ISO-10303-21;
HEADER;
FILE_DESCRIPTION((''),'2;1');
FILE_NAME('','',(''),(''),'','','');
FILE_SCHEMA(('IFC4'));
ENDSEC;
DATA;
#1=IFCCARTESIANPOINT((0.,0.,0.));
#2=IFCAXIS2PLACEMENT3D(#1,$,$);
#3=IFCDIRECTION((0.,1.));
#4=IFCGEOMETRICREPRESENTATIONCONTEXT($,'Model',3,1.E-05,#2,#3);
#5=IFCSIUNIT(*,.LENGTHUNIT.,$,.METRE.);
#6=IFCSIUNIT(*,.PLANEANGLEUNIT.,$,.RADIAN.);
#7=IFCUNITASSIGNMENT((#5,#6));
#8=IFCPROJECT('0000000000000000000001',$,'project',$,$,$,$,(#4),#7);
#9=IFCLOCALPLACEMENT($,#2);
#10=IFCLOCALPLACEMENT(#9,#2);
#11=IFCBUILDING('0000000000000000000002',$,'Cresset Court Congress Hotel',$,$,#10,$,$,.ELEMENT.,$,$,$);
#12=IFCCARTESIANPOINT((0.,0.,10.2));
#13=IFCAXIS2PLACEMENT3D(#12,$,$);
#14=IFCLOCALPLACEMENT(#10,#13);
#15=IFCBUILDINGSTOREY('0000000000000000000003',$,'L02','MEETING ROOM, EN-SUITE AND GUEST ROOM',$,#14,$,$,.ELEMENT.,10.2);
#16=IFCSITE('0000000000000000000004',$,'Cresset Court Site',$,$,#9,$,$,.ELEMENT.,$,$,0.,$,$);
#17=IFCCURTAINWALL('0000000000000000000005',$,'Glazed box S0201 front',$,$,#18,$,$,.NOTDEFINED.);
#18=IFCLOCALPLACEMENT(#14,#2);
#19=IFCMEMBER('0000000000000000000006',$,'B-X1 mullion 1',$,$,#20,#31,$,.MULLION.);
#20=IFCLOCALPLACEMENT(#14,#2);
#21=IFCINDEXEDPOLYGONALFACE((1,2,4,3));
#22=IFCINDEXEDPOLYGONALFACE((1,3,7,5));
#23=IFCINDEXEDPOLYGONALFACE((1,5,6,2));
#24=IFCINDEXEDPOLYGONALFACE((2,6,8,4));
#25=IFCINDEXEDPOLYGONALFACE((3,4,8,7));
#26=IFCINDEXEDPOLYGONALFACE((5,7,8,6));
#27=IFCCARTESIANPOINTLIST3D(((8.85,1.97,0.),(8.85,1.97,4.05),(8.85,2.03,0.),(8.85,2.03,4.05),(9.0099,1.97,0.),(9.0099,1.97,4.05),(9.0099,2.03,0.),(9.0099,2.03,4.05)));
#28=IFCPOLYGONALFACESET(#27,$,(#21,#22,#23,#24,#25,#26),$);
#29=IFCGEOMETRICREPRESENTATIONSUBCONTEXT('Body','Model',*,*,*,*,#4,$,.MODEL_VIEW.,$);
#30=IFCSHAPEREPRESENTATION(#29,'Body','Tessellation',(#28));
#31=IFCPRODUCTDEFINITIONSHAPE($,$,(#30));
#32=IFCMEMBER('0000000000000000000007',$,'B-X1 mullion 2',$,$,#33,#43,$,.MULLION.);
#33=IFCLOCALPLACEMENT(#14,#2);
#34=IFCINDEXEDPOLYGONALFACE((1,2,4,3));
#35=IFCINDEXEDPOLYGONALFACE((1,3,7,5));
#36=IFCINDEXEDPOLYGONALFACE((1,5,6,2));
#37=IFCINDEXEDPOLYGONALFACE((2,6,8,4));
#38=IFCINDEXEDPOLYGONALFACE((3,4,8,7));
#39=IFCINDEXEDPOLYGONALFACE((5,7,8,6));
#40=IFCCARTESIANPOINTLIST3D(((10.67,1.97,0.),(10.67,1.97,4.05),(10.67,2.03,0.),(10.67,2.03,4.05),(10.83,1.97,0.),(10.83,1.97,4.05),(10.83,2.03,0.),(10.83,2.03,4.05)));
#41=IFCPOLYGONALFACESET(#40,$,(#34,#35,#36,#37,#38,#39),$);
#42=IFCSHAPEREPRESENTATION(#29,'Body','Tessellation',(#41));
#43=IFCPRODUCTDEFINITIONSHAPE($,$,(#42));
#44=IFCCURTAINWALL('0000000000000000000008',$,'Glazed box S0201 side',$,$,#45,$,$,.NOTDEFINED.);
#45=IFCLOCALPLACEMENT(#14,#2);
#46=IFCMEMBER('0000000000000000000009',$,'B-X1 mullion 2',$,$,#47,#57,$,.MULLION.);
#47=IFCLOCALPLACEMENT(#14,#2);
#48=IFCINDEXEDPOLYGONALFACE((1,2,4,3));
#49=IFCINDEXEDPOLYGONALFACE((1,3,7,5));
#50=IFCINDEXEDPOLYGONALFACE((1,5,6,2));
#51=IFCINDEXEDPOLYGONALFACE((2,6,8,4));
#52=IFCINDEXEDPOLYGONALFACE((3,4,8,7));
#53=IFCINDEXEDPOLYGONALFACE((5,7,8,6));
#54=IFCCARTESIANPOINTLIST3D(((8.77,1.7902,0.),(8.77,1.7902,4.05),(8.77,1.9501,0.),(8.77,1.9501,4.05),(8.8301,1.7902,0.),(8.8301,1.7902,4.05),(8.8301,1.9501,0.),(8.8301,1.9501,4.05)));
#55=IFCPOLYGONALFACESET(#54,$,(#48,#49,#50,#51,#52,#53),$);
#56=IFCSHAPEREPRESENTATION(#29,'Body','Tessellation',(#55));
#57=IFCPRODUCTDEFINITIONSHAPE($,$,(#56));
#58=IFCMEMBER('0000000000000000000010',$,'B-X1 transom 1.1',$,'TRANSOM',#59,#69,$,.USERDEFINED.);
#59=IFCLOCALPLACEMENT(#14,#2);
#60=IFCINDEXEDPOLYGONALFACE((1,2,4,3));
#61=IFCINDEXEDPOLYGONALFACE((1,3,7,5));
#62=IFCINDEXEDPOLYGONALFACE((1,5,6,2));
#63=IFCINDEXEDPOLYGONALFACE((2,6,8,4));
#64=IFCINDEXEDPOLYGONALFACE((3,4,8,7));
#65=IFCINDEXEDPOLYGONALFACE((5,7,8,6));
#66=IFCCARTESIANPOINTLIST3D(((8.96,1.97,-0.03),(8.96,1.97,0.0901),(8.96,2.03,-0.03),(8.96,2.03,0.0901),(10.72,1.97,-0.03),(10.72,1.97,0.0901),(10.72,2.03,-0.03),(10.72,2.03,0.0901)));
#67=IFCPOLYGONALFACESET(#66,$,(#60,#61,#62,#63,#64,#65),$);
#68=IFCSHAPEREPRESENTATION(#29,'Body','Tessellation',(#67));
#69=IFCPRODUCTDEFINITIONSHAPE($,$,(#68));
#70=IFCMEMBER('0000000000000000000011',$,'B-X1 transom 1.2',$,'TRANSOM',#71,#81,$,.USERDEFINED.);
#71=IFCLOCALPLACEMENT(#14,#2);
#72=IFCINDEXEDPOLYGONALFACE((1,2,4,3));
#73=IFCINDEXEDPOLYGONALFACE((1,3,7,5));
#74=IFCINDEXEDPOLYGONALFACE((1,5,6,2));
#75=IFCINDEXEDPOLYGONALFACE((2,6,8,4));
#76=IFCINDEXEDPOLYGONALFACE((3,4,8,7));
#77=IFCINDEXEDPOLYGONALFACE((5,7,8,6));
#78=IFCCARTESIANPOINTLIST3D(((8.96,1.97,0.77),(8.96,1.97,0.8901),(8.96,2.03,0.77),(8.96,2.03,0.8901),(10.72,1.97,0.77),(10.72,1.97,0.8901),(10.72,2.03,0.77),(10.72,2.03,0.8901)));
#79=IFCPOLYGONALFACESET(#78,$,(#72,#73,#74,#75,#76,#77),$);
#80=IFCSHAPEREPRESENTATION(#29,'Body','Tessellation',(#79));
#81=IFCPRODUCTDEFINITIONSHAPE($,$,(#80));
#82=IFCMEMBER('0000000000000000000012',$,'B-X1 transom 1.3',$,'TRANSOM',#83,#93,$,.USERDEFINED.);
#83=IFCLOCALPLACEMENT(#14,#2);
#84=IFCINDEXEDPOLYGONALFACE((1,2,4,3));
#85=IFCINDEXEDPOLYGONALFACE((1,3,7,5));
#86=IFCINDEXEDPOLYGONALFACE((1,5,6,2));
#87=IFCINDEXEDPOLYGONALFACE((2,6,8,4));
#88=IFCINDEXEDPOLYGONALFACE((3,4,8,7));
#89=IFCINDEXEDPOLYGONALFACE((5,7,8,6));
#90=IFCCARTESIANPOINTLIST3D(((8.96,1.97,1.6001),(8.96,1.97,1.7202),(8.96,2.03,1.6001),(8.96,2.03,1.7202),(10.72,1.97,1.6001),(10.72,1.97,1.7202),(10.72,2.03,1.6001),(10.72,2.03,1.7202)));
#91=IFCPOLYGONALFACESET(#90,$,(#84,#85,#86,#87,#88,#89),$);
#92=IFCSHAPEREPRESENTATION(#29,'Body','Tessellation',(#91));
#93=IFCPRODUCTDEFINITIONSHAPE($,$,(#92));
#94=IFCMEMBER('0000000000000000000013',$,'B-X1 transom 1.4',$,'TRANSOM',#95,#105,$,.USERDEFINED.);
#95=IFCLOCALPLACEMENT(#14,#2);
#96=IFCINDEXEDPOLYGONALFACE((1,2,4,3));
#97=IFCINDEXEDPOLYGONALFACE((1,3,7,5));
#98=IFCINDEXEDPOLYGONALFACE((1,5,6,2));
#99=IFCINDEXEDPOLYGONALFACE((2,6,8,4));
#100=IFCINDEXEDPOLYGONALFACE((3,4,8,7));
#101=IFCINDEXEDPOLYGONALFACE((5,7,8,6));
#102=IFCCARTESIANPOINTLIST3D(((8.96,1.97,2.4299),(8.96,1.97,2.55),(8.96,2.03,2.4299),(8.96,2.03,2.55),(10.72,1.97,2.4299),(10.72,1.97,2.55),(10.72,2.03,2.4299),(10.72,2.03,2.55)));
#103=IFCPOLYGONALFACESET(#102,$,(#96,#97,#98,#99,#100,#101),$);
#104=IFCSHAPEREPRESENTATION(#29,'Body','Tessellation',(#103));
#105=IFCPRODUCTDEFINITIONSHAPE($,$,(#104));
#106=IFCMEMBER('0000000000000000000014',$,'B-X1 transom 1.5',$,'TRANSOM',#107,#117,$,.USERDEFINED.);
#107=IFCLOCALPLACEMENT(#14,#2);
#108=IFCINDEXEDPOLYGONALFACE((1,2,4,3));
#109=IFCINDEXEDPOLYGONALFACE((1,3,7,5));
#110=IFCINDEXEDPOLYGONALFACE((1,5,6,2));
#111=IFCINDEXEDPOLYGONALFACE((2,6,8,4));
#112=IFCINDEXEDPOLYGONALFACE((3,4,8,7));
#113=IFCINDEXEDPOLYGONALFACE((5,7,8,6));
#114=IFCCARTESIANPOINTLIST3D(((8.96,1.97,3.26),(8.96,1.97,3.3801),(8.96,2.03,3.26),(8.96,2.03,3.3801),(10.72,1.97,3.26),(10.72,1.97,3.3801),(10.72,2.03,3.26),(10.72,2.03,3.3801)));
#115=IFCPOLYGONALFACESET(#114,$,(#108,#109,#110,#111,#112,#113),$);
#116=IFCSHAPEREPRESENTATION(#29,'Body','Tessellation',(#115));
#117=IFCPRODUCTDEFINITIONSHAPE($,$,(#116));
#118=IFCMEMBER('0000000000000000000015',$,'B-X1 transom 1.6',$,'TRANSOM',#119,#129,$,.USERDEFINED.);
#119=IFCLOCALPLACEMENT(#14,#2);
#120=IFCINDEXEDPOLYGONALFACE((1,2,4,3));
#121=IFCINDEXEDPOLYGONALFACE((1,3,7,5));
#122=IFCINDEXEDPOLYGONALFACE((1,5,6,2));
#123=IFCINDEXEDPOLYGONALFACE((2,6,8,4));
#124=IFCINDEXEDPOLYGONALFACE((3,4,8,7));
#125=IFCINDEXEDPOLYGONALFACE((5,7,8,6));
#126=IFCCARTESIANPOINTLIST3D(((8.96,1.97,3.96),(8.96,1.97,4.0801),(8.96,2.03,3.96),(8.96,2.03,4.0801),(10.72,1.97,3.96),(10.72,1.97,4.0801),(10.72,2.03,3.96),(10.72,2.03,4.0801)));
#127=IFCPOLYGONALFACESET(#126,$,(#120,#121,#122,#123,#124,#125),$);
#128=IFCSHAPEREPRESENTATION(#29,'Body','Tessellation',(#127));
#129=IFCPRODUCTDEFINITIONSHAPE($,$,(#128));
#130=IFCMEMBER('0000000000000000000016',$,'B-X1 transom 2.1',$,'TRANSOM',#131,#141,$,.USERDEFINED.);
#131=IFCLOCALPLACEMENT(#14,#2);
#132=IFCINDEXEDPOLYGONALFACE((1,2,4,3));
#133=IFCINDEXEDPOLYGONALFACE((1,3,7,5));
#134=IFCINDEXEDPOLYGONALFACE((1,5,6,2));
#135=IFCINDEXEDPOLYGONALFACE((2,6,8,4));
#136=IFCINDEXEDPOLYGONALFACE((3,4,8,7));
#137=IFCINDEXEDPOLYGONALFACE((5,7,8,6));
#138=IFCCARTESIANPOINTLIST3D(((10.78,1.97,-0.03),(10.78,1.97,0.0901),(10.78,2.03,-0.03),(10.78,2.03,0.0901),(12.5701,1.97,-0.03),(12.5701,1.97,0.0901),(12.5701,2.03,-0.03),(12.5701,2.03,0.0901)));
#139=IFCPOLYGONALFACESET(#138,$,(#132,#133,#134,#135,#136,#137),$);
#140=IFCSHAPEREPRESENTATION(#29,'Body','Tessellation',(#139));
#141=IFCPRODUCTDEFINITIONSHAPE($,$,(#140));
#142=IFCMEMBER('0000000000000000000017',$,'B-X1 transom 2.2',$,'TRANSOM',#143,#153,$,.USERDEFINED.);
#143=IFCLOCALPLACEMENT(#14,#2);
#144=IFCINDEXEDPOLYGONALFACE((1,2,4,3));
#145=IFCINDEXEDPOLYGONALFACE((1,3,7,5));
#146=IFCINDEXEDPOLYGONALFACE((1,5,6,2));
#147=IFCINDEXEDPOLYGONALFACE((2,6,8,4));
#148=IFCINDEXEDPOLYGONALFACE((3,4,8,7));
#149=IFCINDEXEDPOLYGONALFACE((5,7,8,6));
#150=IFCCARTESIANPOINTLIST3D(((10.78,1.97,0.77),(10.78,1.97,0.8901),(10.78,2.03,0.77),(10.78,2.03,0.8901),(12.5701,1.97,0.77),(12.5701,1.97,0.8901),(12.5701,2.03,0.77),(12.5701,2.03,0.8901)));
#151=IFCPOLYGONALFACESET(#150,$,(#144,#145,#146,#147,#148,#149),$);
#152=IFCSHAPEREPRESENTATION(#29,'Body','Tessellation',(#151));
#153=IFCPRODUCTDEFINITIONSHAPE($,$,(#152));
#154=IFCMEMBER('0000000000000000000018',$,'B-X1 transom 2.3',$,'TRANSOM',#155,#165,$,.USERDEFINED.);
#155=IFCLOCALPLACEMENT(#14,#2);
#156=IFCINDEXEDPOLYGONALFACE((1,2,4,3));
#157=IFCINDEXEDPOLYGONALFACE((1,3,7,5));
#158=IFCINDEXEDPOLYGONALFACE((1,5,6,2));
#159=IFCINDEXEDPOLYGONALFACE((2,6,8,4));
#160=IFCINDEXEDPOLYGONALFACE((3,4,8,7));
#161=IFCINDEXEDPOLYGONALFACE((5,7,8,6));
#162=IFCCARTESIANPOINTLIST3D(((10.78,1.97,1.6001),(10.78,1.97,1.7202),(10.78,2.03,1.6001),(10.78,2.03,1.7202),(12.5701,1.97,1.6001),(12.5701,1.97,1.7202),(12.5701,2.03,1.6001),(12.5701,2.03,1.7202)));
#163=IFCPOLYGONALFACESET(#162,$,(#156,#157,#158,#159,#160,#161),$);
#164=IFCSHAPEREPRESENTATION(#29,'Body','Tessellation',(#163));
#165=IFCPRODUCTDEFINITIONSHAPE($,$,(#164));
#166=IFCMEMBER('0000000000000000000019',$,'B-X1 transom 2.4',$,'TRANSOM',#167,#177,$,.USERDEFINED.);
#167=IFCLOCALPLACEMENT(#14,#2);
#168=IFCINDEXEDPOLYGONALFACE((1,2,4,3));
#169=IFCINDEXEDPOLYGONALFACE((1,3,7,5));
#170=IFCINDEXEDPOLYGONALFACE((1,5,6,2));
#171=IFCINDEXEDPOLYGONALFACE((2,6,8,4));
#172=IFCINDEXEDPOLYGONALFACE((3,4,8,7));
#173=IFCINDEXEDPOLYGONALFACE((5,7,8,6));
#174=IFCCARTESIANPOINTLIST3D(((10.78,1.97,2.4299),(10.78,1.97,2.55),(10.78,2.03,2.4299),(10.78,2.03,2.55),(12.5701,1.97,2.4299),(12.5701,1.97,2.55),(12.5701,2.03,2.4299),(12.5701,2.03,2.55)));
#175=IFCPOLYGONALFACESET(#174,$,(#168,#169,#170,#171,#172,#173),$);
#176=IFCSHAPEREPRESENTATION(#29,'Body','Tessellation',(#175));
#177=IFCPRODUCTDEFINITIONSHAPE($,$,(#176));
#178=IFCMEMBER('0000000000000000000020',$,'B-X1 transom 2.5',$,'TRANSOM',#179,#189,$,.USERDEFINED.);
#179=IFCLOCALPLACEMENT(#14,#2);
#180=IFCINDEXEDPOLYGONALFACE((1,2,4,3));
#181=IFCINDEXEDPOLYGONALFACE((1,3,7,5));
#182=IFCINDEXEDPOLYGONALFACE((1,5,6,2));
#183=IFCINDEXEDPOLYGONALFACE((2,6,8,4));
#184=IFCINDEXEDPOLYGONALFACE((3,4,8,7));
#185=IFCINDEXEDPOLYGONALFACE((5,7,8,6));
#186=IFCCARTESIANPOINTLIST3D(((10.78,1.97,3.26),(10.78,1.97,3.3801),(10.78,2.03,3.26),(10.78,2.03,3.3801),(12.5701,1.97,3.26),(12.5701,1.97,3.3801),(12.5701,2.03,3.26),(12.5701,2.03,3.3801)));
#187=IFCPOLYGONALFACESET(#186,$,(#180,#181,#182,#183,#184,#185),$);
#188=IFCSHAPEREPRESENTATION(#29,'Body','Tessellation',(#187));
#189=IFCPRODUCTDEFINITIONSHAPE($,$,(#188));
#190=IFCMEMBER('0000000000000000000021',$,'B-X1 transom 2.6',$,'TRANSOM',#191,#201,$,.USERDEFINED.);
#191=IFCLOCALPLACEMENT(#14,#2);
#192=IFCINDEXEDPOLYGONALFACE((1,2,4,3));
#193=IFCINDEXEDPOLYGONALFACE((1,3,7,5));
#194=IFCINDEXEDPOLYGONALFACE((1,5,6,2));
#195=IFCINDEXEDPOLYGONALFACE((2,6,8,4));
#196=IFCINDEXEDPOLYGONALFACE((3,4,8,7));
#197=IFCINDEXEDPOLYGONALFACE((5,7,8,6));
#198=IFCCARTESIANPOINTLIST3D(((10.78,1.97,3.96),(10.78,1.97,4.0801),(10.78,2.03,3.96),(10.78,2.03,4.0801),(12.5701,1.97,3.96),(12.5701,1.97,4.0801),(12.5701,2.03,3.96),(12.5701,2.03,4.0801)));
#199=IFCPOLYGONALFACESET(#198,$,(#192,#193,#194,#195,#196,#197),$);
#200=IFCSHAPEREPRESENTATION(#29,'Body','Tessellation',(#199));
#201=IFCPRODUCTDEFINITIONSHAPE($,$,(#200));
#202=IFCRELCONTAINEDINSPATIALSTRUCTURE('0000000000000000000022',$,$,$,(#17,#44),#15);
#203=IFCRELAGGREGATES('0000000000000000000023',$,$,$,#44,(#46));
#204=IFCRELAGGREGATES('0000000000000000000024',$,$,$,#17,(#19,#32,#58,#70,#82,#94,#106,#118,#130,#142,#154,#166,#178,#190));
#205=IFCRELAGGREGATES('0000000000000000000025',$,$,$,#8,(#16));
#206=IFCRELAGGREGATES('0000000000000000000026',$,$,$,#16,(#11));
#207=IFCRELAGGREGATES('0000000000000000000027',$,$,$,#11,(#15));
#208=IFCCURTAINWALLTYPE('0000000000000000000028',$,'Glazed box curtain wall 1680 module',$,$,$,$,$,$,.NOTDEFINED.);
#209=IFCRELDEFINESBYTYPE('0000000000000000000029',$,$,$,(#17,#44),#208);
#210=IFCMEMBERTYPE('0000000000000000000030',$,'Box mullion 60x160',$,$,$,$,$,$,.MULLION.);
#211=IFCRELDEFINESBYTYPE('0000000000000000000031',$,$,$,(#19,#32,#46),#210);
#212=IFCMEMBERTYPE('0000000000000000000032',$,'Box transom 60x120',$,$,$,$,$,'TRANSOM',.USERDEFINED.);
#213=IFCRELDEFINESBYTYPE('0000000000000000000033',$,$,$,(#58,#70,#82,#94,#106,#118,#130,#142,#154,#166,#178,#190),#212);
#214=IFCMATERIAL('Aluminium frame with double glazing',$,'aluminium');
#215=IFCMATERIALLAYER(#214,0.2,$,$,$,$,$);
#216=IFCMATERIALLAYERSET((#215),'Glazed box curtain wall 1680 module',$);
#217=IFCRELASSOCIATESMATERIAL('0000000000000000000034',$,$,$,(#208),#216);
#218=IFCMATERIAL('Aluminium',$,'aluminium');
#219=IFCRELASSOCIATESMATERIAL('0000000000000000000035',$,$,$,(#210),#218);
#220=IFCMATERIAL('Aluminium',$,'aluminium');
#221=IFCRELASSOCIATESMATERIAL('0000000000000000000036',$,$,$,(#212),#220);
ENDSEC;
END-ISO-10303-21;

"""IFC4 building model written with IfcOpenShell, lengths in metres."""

from ifc_helpers import new_model, si_unit, direction, frame, origin, origin_2d, place, context, subcontext, project, spatial, rectangle, extrude, material, layer, layer_set, material_profile, profile_set, type_object, element, aggregate, save


model = new_model("IFC4")

# Units and contexts
model_context = context("Model", 3, precision=1e-05, world=origin(), true_north=direction((0.0, 1.0)))
body_context = subcontext(model_context, "Body", "Model", "MODEL_VIEW")
ifc_project = project(units=[si_unit("LENGTHUNIT", "METRE"), si_unit("PLANEANGLEUNIT", "RADIAN")], contexts=[model_context])

# Site, building, storey
site_placement = place(None, origin())
site = spatial("IfcSite", under=ifc_project, at=site_placement, Name="Cresset Court Site", CompositionType="ELEMENT", RefElevation=0.0)
building_placement = place(site_placement, origin())
building = spatial("IfcBuilding", under=site, at=building_placement, Name="Cresset Court Congress Hotel", CompositionType="ELEMENT")
storey_placement = place(building_placement, frame((0.0, 0.0, 10.2)))
storey = spatial("IfcBuildingStorey", under=building, at=storey_placement, Name="L02", Description="MEETING ROOM, EN-SUITE AND GUEST ROOM", CompositionType="ELEMENT", Elevation=10.2)

# Curtain wall, members
ifc_material_1 = material(Name="Aluminium frame with double glazing", Category="aluminium")
ifc_layer_1 = layer(ifc_material_1, 0.2)
ifc_layer_set_1 = layer_set([ifc_layer_1], Name="Glazed box curtain wall 1680 module")
curtain_wall_type = type_object("IfcCurtainWallType", Name="Glazed box curtain wall 1680 module", PredefinedType="NOTDEFINED", material=ifc_layer_set_1)
curtain_wall_1_placement = place(storey_placement, origin())
curtain_wall_1 = element("IfcCurtainWall", 1, at=curtain_wall_1_placement, inside=storey, type_object=curtain_wall_type, Name="Glazed box S0201 front", PredefinedType="NOTDEFINED")
ifc_material_2 = material(Name="Aluminium", Category="aluminium")
ifc_material_profile_1 = material_profile(ifc_material_2, rectangle(XDim=0.0601, YDim=0.1599, at=origin_2d()), Name="Box mullion 60x160")
ifc_profile_set_1 = profile_set([ifc_material_profile_1], Name="Aluminium")
member_type_1 = type_object("IfcMemberType", Name="Box mullion 60x160", PredefinedType="MULLION", material=ifc_profile_set_1)
member_1_placement = place(storey_placement, frame((8.9299, 2.0, 0.0), z_axis=(0.0, 0.0, 1.0), x_axis=(0.0, 1.0, 0.0)))
member_1 = element("IfcMember", 2, at=member_1_placement, type_object=member_type_1, Name="B-X1 mullion 1", PredefinedType="MULLION", context=body_context, shape_type="SweptSolid", body=[
    extrude(rectangle(XDim=0.0601, YDim=0.1599, at=origin_2d()), origin(), (0.0, 0.0, 1.0), 4.05),
])
member_2_placement = place(storey_placement, frame((10.75, 2.0, 0.0), z_axis=(0.0, 0.0, 1.0), x_axis=(0.0, 1.0, 0.0)))
member_2 = element("IfcMember", 3, at=member_2_placement, type_object=member_type_1, Name="B-X1 mullion 2", PredefinedType="MULLION", context=body_context, shape_type="SweptSolid", body=[
    extrude(rectangle(XDim=0.0601, YDim=0.1599, at=origin_2d()), origin(), (0.0, 0.0, 1.0), 4.05),
])

# Curtain wall, member
curtain_wall_2_placement = place(storey_placement, origin())
curtain_wall_2 = element("IfcCurtainWall", 4, at=curtain_wall_2_placement, inside=storey, type_object=curtain_wall_type, Name="Glazed box S0201 side", PredefinedType="NOTDEFINED")
member_3_placement = place(storey_placement, frame((8.8, 1.8701, 0.0), z_axis=(0.0, 0.0, 1.0), x_axis=(-1.0, 0.0, 0.0)))
member_3 = element("IfcMember", 5, at=member_3_placement, type_object=member_type_1, Name="B-X1 mullion 2", PredefinedType="MULLION", context=body_context, shape_type="SweptSolid", body=[
    extrude(rectangle(XDim=0.0601, YDim=0.1599, at=origin_2d()), origin(), (0.0, 0.0, 1.0), 4.05),
])
aggregate(curtain_wall_2, [member_3])

# Members
ifc_material_3 = material(Name="Aluminium", Category="aluminium")
ifc_material_profile_2 = material_profile(ifc_material_3, rectangle(XDim=0.0601, YDim=0.1201, at=origin_2d()), Name="Box transom 60x120")
ifc_profile_set_2 = profile_set([ifc_material_profile_2], Name="Aluminium")
member_type_2 = type_object("IfcMemberType", Name="Box transom 60x120", ElementType="TRANSOM", PredefinedType="USERDEFINED", material=ifc_profile_set_2)
member_4_placement = place(storey_placement, frame((8.96, 2.0, 0.03), z_axis=(1.0, 0.0, 0.0), x_axis=(0.0, 1.0, 0.0)))
member_4 = element("IfcMember", 6, at=member_4_placement, type_object=member_type_2, Name="B-X1 transom 1.1", ObjectType="TRANSOM", PredefinedType="USERDEFINED", context=body_context, shape_type="SweptSolid", body=[
    extrude(rectangle(XDim=0.0601, YDim=0.1201, at=origin_2d()), origin(), (0.0, 0.0, 1.0), 1.76),
])
member_5_placement = place(storey_placement, frame((8.96, 2.0, 0.8301), z_axis=(1.0, 0.0, 0.0), x_axis=(0.0, 1.0, 0.0)))
member_5 = element("IfcMember", 7, at=member_5_placement, type_object=member_type_2, Name="B-X1 transom 1.2", ObjectType="TRANSOM", PredefinedType="USERDEFINED", context=body_context, shape_type="SweptSolid", body=[
    extrude(rectangle(XDim=0.0601, YDim=0.1201, at=origin_2d()), origin(), (0.0, 0.0, 1.0), 1.76),
])
member_6_placement = place(storey_placement, frame((8.96, 2.0, 1.6602), z_axis=(1.0, 0.0, 0.0), x_axis=(0.0, 1.0, 0.0)))
member_6 = element("IfcMember", 8, at=member_6_placement, type_object=member_type_2, Name="B-X1 transom 1.3", ObjectType="TRANSOM", PredefinedType="USERDEFINED", context=body_context, shape_type="SweptSolid", body=[
    extrude(rectangle(XDim=0.0601, YDim=0.1201, at=origin_2d()), origin(), (0.0, 0.0, 1.0), 1.76),
])
member_7_placement = place(storey_placement, frame((8.96, 2.0, 2.49), z_axis=(1.0, 0.0, 0.0), x_axis=(0.0, 1.0, 0.0)))
member_7 = element("IfcMember", 9, at=member_7_placement, type_object=member_type_2, Name="B-X1 transom 1.4", ObjectType="TRANSOM", PredefinedType="USERDEFINED", context=body_context, shape_type="SweptSolid", body=[
    extrude(rectangle(XDim=0.0601, YDim=0.1201, at=origin_2d()), origin(), (0.0, 0.0, 1.0), 1.76),
])
member_8_placement = place(storey_placement, frame((8.96, 2.0, 3.3201), z_axis=(1.0, 0.0, 0.0), x_axis=(0.0, 1.0, 0.0)))
member_8 = element("IfcMember", 10, at=member_8_placement, type_object=member_type_2, Name="B-X1 transom 1.5", ObjectType="TRANSOM", PredefinedType="USERDEFINED", context=body_context, shape_type="SweptSolid", body=[
    extrude(rectangle(XDim=0.0601, YDim=0.1201, at=origin_2d()), origin(), (0.0, 0.0, 1.0), 1.76),
])
member_9_placement = place(storey_placement, frame((8.96, 2.0, 4.02), z_axis=(1.0, 0.0, 0.0), x_axis=(0.0, 1.0, 0.0)))
member_9 = element("IfcMember", 11, at=member_9_placement, type_object=member_type_2, Name="B-X1 transom 1.6", ObjectType="TRANSOM", PredefinedType="USERDEFINED", context=body_context, shape_type="SweptSolid", body=[
    extrude(rectangle(XDim=0.0601, YDim=0.1201, at=origin_2d()), origin(), (0.0, 0.0, 1.0), 1.76),
])
member_10_placement = place(storey_placement, frame((10.78, 2.0, 0.03), z_axis=(1.0, 0.0, 0.0), x_axis=(0.0, 1.0, 0.0)))
member_10 = element("IfcMember", 12, at=member_10_placement, type_object=member_type_2, Name="B-X1 transom 2.1", ObjectType="TRANSOM", PredefinedType="USERDEFINED", context=body_context, shape_type="SweptSolid", body=[
    extrude(rectangle(XDim=0.0601, YDim=0.1201, at=origin_2d()), origin(), (0.0, 0.0, 1.0), 1.79),
])
member_11_placement = place(storey_placement, frame((10.78, 2.0, 0.8301), z_axis=(1.0, 0.0, 0.0), x_axis=(0.0, 1.0, 0.0)))
member_11 = element("IfcMember", 13, at=member_11_placement, type_object=member_type_2, Name="B-X1 transom 2.2", ObjectType="TRANSOM", PredefinedType="USERDEFINED", context=body_context, shape_type="SweptSolid", body=[
    extrude(rectangle(XDim=0.0601, YDim=0.1201, at=origin_2d()), origin(), (0.0, 0.0, 1.0), 1.79),
])
member_12_placement = place(storey_placement, frame((10.78, 2.0, 1.6602), z_axis=(1.0, 0.0, 0.0), x_axis=(0.0, 1.0, 0.0)))
member_12 = element("IfcMember", 14, at=member_12_placement, type_object=member_type_2, Name="B-X1 transom 2.3", ObjectType="TRANSOM", PredefinedType="USERDEFINED", context=body_context, shape_type="SweptSolid", body=[
    extrude(rectangle(XDim=0.0601, YDim=0.1201, at=origin_2d()), origin(), (0.0, 0.0, 1.0), 1.79),
])
member_13_placement = place(storey_placement, frame((10.78, 2.0, 2.49), z_axis=(1.0, 0.0, 0.0), x_axis=(0.0, 1.0, 0.0)))
member_13 = element("IfcMember", 15, at=member_13_placement, type_object=member_type_2, Name="B-X1 transom 2.4", ObjectType="TRANSOM", PredefinedType="USERDEFINED", context=body_context, shape_type="SweptSolid", body=[
    extrude(rectangle(XDim=0.0601, YDim=0.1201, at=origin_2d()), origin(), (0.0, 0.0, 1.0), 1.79),
])
member_14_placement = place(storey_placement, frame((10.78, 2.0, 3.3201), z_axis=(1.0, 0.0, 0.0), x_axis=(0.0, 1.0, 0.0)))
member_14 = element("IfcMember", 16, at=member_14_placement, type_object=member_type_2, Name="B-X1 transom 2.5", ObjectType="TRANSOM", PredefinedType="USERDEFINED", context=body_context, shape_type="SweptSolid", body=[
    extrude(rectangle(XDim=0.0601, YDim=0.1201, at=origin_2d()), origin(), (0.0, 0.0, 1.0), 1.79),
])
member_15_placement = place(storey_placement, frame((10.78, 2.0, 4.02), z_axis=(1.0, 0.0, 0.0), x_axis=(0.0, 1.0, 0.0)))
member_15 = element("IfcMember", 17, at=member_15_placement, type_object=member_type_2, Name="B-X1 transom 2.6", ObjectType="TRANSOM", PredefinedType="USERDEFINED", context=body_context, shape_type="SweptSolid", body=[
    extrude(rectangle(XDim=0.0601, YDim=0.1201, at=origin_2d()), origin(), (0.0, 0.0, 1.0), 1.79),
])

aggregate(curtain_wall_1, [member_1, member_2, member_4, member_5, member_6, member_7, member_8, member_9, member_10, member_11, member_12, member_13, member_14, member_15])

save(model, "model.ifc")
